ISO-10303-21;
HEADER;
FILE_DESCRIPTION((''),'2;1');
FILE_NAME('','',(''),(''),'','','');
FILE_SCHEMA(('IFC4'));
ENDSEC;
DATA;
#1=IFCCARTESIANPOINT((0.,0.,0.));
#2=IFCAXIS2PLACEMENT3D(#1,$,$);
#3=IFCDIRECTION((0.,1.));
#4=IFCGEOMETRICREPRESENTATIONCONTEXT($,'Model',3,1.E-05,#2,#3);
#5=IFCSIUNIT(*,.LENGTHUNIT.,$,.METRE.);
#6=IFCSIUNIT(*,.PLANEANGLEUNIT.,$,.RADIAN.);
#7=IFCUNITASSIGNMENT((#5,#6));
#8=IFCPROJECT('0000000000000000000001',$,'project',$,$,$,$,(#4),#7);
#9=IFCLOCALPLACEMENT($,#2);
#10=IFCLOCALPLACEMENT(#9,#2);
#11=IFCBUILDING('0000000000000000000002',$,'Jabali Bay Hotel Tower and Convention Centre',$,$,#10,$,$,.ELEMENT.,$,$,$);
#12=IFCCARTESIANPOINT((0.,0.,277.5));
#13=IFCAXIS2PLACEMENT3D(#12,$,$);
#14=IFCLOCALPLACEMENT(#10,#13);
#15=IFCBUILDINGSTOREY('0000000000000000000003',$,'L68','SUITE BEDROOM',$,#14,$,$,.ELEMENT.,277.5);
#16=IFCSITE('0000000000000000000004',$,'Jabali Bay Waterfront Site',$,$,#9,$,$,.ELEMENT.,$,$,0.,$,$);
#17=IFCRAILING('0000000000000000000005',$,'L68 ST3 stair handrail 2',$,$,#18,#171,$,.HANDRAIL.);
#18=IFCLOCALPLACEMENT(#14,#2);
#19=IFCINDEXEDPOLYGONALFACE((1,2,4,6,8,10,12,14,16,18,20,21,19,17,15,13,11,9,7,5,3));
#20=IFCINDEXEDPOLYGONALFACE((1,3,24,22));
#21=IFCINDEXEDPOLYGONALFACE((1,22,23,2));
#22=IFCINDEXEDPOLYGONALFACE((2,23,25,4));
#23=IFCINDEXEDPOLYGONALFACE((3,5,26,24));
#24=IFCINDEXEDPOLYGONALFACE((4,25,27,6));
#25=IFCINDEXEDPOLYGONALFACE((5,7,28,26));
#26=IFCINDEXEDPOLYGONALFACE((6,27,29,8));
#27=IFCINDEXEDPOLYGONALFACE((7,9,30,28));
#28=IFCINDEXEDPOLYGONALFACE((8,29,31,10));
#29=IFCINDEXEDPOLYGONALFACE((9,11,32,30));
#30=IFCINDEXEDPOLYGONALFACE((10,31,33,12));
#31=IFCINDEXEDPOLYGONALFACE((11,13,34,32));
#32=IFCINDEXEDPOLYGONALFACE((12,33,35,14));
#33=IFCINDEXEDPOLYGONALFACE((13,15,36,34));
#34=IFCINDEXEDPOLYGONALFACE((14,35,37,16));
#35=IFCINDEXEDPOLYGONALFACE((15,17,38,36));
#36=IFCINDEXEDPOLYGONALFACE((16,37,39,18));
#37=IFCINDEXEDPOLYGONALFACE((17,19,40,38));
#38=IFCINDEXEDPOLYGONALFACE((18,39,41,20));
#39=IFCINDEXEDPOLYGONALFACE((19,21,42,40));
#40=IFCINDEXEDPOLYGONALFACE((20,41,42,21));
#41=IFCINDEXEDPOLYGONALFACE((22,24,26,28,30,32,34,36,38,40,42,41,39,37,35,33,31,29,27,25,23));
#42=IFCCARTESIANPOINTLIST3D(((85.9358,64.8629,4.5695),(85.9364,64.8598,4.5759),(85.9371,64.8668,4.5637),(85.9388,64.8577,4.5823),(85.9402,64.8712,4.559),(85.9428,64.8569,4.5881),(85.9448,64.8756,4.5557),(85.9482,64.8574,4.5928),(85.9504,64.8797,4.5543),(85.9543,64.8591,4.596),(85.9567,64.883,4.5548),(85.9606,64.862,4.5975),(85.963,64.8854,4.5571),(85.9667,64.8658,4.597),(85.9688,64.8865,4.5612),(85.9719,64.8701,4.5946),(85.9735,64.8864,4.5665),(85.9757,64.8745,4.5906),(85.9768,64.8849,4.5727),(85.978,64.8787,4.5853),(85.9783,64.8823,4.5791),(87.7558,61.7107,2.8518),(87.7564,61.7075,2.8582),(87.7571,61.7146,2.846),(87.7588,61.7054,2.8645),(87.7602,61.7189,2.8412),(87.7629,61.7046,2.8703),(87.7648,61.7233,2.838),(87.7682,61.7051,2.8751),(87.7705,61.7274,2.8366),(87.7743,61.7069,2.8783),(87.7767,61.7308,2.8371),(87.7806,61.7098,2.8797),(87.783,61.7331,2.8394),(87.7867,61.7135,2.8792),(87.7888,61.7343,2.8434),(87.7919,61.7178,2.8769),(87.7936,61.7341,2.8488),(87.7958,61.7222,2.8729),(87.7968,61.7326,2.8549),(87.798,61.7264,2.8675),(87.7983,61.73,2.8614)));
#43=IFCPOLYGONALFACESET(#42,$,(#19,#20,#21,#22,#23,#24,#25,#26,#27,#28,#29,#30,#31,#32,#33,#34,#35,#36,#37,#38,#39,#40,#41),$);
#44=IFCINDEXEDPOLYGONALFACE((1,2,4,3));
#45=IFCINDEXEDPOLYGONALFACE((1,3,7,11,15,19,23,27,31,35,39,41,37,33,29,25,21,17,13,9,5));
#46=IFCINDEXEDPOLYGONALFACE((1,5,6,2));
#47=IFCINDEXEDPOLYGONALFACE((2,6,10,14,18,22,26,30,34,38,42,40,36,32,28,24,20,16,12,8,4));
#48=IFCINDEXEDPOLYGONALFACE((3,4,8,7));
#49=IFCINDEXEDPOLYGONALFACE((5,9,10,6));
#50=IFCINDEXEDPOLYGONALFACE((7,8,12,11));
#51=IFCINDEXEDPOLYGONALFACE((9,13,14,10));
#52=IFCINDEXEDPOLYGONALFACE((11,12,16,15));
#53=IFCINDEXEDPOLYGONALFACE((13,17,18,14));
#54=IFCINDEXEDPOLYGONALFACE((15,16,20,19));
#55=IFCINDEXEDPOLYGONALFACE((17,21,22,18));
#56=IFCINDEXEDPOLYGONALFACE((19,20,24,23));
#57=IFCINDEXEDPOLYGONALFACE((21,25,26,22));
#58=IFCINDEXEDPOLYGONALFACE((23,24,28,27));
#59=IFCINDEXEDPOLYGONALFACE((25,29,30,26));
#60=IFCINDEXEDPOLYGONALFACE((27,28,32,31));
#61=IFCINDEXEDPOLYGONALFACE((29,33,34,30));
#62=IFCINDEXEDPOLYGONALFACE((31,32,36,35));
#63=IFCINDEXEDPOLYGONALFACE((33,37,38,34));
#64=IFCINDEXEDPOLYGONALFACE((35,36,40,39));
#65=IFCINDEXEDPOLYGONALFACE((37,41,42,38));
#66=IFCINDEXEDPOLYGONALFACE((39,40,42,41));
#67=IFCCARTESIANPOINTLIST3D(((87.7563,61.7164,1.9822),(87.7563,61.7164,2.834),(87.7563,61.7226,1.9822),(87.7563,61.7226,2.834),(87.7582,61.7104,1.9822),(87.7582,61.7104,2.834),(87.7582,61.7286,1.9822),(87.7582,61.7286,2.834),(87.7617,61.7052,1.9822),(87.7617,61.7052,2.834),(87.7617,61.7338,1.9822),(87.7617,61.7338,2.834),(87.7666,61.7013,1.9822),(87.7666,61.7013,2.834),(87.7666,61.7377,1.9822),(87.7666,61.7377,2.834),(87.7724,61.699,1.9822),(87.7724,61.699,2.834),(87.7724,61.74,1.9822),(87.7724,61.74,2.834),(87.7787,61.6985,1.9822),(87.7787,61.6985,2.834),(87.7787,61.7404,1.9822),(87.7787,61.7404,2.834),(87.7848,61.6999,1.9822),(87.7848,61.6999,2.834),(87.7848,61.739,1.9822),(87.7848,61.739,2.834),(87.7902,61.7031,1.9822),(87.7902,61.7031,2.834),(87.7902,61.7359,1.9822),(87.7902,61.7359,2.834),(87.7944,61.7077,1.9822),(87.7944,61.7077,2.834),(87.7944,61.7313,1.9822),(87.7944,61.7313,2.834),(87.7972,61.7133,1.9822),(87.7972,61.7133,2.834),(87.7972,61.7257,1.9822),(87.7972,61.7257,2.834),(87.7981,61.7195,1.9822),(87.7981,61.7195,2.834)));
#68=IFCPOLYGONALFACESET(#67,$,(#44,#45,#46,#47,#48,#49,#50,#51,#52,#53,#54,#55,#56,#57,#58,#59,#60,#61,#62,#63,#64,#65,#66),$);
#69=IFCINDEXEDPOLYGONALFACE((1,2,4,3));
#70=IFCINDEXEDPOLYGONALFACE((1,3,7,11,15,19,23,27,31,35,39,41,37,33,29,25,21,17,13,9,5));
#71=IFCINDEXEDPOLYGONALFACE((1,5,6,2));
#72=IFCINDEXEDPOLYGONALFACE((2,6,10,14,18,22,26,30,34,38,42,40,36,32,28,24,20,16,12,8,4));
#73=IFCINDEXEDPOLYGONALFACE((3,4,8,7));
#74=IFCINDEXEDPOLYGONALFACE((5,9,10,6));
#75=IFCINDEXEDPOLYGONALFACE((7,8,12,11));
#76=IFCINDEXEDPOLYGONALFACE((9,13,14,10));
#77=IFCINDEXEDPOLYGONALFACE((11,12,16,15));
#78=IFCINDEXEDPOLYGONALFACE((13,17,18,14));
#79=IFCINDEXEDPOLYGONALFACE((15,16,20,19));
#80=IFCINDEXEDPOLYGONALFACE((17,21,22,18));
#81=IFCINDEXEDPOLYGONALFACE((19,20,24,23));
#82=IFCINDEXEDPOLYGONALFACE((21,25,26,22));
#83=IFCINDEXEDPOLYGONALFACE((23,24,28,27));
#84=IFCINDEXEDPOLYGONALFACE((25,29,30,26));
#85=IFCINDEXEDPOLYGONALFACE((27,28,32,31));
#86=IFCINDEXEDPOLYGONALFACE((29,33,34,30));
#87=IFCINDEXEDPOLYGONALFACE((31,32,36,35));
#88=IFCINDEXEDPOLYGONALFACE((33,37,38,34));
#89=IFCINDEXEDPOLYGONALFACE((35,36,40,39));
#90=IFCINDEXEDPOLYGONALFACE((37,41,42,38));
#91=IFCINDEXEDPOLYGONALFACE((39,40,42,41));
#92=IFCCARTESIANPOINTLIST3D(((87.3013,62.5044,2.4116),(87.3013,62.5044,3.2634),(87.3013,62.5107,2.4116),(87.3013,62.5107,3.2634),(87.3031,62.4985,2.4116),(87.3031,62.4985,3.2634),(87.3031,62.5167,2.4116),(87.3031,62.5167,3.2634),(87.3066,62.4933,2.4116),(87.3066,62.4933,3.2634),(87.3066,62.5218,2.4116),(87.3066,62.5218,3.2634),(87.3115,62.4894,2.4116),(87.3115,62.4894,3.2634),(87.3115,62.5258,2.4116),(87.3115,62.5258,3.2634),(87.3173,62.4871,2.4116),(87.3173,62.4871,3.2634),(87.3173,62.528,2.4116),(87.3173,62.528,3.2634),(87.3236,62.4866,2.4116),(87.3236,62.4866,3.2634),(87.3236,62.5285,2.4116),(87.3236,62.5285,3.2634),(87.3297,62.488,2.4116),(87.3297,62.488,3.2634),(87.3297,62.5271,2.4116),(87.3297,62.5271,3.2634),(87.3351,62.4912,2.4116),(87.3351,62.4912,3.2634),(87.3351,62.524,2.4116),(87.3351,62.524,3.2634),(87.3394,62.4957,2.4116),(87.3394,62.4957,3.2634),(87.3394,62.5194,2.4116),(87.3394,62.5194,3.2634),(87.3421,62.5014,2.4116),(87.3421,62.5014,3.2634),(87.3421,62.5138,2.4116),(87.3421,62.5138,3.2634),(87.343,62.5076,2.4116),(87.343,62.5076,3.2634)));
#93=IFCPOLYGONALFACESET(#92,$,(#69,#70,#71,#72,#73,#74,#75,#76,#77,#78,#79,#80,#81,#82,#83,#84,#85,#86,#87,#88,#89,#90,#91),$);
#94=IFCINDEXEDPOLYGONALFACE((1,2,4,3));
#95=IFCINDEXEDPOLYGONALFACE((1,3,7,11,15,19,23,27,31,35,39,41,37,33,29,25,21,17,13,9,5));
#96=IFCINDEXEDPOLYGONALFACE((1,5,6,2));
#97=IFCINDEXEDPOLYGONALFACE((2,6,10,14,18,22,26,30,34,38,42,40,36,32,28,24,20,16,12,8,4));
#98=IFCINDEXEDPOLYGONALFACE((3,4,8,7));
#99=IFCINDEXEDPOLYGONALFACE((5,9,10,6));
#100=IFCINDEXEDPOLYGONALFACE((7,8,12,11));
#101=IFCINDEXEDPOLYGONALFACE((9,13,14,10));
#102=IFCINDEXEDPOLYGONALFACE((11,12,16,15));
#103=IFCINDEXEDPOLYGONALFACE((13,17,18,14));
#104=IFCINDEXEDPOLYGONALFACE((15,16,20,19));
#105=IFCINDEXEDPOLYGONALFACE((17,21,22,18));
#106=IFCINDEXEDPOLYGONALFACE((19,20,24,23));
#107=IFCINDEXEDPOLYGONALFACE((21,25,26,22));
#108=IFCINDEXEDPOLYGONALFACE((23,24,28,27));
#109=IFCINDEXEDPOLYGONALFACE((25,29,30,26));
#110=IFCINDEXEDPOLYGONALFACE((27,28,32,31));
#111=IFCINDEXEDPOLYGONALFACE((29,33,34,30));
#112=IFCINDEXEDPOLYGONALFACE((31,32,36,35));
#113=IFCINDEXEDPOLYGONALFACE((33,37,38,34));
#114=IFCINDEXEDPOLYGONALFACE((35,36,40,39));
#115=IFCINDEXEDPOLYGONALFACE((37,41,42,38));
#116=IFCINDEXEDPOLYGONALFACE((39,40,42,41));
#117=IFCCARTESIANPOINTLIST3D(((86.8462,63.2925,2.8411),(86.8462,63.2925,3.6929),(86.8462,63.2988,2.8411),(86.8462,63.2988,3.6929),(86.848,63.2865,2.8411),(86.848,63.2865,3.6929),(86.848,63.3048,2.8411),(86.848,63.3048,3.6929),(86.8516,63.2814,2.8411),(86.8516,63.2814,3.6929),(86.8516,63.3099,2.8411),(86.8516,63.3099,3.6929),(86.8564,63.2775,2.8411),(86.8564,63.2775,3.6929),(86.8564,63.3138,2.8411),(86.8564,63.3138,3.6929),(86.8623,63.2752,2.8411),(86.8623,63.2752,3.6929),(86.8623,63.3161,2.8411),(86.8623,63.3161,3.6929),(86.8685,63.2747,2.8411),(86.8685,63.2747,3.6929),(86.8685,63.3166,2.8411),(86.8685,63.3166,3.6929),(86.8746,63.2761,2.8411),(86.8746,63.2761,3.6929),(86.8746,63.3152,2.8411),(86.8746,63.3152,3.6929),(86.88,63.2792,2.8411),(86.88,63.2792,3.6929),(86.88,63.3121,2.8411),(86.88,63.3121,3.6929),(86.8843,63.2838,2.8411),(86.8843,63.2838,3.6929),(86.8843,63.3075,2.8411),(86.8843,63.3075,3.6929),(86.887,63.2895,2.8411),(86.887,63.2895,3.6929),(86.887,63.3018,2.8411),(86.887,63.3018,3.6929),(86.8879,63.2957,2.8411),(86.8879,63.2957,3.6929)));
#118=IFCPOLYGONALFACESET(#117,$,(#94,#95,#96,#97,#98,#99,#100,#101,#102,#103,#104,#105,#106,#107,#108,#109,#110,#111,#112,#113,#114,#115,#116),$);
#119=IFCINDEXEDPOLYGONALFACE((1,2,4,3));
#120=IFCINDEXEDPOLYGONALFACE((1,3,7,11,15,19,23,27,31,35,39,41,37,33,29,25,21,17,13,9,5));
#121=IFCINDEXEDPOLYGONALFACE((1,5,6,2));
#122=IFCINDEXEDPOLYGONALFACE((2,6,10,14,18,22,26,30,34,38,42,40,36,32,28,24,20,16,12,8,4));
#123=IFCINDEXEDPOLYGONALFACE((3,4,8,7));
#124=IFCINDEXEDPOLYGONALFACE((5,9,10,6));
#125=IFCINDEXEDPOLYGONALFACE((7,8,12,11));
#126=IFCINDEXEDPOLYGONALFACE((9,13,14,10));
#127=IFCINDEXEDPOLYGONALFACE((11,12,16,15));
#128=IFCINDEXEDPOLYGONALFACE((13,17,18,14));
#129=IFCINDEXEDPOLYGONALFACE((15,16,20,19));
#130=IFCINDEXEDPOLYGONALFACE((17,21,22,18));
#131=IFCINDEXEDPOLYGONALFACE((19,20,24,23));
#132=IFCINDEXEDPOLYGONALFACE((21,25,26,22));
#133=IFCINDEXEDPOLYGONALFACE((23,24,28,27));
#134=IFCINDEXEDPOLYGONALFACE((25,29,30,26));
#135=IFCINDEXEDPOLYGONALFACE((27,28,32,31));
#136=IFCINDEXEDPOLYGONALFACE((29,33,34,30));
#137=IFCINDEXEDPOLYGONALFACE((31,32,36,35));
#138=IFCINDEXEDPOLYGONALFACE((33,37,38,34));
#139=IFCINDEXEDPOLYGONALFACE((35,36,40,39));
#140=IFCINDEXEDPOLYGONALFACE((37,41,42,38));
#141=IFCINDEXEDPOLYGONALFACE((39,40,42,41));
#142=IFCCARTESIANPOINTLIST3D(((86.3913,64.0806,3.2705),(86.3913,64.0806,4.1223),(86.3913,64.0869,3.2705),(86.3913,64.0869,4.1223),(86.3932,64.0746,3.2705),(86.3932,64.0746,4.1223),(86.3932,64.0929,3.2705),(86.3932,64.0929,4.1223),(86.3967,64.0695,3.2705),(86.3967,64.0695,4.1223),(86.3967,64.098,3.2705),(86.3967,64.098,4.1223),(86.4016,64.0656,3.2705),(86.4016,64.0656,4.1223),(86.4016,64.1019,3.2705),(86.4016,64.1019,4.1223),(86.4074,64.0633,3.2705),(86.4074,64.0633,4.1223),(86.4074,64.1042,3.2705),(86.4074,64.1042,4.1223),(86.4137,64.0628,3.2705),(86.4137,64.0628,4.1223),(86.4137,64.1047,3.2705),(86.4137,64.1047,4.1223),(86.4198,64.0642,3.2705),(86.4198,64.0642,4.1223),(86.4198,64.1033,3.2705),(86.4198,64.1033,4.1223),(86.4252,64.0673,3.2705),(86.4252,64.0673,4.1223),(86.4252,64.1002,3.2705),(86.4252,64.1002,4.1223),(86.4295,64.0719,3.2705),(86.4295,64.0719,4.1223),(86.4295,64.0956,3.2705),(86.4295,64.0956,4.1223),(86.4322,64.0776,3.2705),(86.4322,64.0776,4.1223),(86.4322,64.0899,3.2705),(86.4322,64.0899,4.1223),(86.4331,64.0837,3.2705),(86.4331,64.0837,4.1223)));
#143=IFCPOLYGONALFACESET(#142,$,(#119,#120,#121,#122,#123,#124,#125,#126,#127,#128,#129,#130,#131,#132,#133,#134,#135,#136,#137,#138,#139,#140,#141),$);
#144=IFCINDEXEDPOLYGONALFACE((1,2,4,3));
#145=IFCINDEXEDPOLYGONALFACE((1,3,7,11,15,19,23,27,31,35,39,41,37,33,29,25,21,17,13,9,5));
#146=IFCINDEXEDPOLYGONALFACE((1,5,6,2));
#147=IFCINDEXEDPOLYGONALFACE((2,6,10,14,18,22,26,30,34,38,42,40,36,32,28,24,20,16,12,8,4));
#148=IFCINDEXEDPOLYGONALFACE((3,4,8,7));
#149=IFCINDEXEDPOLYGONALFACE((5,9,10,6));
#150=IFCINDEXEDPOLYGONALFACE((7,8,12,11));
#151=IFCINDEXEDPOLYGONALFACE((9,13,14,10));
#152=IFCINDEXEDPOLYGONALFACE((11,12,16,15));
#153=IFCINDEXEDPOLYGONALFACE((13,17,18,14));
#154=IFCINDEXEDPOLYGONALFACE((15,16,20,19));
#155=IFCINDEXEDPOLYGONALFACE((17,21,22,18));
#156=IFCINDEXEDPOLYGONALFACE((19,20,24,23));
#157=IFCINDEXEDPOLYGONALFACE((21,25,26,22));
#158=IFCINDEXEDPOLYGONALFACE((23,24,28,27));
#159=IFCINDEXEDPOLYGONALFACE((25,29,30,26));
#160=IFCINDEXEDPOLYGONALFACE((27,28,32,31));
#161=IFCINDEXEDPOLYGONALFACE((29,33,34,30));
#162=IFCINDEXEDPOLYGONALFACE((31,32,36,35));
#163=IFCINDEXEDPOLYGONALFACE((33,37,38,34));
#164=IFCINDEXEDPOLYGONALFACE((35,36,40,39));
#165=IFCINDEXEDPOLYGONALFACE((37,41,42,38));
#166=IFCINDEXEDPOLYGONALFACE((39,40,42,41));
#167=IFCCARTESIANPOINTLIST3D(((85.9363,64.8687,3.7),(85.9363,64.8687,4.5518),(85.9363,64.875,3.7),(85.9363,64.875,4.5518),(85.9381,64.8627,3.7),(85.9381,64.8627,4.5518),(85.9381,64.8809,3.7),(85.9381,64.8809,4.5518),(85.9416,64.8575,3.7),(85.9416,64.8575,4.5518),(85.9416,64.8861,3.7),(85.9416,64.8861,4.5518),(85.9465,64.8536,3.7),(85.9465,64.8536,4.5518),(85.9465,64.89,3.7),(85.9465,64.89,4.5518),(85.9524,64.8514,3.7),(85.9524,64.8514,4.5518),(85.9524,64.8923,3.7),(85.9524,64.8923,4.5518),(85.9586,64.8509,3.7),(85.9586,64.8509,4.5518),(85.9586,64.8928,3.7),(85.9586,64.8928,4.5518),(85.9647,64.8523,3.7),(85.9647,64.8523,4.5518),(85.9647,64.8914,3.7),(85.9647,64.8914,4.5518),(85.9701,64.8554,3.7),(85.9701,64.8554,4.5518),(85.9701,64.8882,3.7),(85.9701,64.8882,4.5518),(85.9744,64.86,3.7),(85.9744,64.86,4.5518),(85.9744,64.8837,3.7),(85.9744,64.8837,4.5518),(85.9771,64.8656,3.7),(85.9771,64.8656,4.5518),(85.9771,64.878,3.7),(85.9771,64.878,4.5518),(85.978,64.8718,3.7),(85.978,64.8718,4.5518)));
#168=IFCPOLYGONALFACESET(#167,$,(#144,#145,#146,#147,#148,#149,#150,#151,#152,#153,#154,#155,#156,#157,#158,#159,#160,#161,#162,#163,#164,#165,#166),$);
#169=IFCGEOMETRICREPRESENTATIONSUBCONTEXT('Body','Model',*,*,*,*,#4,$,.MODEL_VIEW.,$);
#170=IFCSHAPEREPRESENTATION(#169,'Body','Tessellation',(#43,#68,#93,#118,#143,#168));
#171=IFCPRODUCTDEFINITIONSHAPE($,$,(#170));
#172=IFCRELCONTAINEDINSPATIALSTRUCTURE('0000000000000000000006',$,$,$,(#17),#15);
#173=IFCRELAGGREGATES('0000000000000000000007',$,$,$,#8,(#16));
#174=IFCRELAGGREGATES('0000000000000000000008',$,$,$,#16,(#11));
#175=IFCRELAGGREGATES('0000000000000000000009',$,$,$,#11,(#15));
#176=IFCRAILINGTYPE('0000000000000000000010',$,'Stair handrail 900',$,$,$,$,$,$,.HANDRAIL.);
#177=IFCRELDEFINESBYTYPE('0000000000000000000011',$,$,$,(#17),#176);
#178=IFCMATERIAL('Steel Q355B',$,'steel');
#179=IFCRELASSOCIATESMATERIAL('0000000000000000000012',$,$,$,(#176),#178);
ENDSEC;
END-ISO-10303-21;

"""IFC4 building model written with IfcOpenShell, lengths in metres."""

from ifc_helpers import new_model, si_unit, direction, frame, origin, origin_2d, place, context, subcontext, project, spatial, circle, extrude, material, type_object, element, save


model = new_model("IFC4")

# Units and contexts
model_context = context("Model", 3, precision=1e-05, world=origin(), true_north=direction((0.0, 1.0)))
body_context = subcontext(model_context, "Body", "Model", "MODEL_VIEW")
ifc_project = project(units=[si_unit("LENGTHUNIT", "METRE"), si_unit("PLANEANGLEUNIT", "RADIAN")], contexts=[model_context])

# Site, building, storey
site_placement = place(None, origin())
site = spatial("IfcSite", under=ifc_project, at=site_placement, Name="Jabali Bay Waterfront Site", CompositionType="ELEMENT", RefElevation=0.0)
building_placement = place(site_placement, origin())
building = spatial("IfcBuilding", under=site, at=building_placement, Name="Jabali Bay Hotel Tower and Convention Centre", CompositionType="ELEMENT")
storey_placement = place(building_placement, frame((0.0, 0.0, 277.5)))
storey = spatial("IfcBuildingStorey", under=building, at=storey_placement, Name="L68", Description="SUITE BEDROOM", CompositionType="ELEMENT", Elevation=277.5)

# Railing
ifc_material_1 = material(Name="Steel Q355B", Category="steel")
railing_type_1 = type_object("IfcRailingType", Name="Stair handrail 900", PredefinedType="HANDRAIL", material=ifc_material_1)
railing_1_placement = place(storey_placement, frame((87.7771, 61.7195, 1.9822)))
element("IfcRailing", 1, at=railing_1_placement, inside=storey, type_object=railing_type_1, Name="L68 ST3 stair handrail 2", PredefinedType="HANDRAIL", context=body_context, shape_type="SweptSolid", body=[
    extrude(circle(Radius=0.0239, at=origin_2d()), frame((0.0, 0.0, 0.876), z_axis=(-0.45219, 0.78319, 0.426775), x_axis=(-0.866018, -0.500013, 0.0)), (0.0, 0.0, 1.0), 4.0249),
    extrude(circle(Radius=0.021, at=origin_2d()), origin(), (0.0, 0.0, 1.0), 0.8518),
    extrude(circle(Radius=0.021, at=origin_2d()), frame((-0.4551, 0.7881, 0.4294)), (0.0, 0.0, 1.0), 0.8518),
    extrude(circle(Radius=0.021, at=origin_2d()), frame((-0.9102, 1.5762, 0.8589)), (0.0, 0.0, 1.0), 0.8518),
    extrude(circle(Radius=0.021, at=origin_2d()), frame((-1.365, 2.3643, 1.2883)), (0.0, 0.0, 1.0), 0.8518),
    extrude(circle(Radius=0.021, at=origin_2d()), frame((-1.8201, 3.1523, 1.7178)), (0.0, 0.0, 1.0), 0.8518),
])

save(model, "model.ifc")
